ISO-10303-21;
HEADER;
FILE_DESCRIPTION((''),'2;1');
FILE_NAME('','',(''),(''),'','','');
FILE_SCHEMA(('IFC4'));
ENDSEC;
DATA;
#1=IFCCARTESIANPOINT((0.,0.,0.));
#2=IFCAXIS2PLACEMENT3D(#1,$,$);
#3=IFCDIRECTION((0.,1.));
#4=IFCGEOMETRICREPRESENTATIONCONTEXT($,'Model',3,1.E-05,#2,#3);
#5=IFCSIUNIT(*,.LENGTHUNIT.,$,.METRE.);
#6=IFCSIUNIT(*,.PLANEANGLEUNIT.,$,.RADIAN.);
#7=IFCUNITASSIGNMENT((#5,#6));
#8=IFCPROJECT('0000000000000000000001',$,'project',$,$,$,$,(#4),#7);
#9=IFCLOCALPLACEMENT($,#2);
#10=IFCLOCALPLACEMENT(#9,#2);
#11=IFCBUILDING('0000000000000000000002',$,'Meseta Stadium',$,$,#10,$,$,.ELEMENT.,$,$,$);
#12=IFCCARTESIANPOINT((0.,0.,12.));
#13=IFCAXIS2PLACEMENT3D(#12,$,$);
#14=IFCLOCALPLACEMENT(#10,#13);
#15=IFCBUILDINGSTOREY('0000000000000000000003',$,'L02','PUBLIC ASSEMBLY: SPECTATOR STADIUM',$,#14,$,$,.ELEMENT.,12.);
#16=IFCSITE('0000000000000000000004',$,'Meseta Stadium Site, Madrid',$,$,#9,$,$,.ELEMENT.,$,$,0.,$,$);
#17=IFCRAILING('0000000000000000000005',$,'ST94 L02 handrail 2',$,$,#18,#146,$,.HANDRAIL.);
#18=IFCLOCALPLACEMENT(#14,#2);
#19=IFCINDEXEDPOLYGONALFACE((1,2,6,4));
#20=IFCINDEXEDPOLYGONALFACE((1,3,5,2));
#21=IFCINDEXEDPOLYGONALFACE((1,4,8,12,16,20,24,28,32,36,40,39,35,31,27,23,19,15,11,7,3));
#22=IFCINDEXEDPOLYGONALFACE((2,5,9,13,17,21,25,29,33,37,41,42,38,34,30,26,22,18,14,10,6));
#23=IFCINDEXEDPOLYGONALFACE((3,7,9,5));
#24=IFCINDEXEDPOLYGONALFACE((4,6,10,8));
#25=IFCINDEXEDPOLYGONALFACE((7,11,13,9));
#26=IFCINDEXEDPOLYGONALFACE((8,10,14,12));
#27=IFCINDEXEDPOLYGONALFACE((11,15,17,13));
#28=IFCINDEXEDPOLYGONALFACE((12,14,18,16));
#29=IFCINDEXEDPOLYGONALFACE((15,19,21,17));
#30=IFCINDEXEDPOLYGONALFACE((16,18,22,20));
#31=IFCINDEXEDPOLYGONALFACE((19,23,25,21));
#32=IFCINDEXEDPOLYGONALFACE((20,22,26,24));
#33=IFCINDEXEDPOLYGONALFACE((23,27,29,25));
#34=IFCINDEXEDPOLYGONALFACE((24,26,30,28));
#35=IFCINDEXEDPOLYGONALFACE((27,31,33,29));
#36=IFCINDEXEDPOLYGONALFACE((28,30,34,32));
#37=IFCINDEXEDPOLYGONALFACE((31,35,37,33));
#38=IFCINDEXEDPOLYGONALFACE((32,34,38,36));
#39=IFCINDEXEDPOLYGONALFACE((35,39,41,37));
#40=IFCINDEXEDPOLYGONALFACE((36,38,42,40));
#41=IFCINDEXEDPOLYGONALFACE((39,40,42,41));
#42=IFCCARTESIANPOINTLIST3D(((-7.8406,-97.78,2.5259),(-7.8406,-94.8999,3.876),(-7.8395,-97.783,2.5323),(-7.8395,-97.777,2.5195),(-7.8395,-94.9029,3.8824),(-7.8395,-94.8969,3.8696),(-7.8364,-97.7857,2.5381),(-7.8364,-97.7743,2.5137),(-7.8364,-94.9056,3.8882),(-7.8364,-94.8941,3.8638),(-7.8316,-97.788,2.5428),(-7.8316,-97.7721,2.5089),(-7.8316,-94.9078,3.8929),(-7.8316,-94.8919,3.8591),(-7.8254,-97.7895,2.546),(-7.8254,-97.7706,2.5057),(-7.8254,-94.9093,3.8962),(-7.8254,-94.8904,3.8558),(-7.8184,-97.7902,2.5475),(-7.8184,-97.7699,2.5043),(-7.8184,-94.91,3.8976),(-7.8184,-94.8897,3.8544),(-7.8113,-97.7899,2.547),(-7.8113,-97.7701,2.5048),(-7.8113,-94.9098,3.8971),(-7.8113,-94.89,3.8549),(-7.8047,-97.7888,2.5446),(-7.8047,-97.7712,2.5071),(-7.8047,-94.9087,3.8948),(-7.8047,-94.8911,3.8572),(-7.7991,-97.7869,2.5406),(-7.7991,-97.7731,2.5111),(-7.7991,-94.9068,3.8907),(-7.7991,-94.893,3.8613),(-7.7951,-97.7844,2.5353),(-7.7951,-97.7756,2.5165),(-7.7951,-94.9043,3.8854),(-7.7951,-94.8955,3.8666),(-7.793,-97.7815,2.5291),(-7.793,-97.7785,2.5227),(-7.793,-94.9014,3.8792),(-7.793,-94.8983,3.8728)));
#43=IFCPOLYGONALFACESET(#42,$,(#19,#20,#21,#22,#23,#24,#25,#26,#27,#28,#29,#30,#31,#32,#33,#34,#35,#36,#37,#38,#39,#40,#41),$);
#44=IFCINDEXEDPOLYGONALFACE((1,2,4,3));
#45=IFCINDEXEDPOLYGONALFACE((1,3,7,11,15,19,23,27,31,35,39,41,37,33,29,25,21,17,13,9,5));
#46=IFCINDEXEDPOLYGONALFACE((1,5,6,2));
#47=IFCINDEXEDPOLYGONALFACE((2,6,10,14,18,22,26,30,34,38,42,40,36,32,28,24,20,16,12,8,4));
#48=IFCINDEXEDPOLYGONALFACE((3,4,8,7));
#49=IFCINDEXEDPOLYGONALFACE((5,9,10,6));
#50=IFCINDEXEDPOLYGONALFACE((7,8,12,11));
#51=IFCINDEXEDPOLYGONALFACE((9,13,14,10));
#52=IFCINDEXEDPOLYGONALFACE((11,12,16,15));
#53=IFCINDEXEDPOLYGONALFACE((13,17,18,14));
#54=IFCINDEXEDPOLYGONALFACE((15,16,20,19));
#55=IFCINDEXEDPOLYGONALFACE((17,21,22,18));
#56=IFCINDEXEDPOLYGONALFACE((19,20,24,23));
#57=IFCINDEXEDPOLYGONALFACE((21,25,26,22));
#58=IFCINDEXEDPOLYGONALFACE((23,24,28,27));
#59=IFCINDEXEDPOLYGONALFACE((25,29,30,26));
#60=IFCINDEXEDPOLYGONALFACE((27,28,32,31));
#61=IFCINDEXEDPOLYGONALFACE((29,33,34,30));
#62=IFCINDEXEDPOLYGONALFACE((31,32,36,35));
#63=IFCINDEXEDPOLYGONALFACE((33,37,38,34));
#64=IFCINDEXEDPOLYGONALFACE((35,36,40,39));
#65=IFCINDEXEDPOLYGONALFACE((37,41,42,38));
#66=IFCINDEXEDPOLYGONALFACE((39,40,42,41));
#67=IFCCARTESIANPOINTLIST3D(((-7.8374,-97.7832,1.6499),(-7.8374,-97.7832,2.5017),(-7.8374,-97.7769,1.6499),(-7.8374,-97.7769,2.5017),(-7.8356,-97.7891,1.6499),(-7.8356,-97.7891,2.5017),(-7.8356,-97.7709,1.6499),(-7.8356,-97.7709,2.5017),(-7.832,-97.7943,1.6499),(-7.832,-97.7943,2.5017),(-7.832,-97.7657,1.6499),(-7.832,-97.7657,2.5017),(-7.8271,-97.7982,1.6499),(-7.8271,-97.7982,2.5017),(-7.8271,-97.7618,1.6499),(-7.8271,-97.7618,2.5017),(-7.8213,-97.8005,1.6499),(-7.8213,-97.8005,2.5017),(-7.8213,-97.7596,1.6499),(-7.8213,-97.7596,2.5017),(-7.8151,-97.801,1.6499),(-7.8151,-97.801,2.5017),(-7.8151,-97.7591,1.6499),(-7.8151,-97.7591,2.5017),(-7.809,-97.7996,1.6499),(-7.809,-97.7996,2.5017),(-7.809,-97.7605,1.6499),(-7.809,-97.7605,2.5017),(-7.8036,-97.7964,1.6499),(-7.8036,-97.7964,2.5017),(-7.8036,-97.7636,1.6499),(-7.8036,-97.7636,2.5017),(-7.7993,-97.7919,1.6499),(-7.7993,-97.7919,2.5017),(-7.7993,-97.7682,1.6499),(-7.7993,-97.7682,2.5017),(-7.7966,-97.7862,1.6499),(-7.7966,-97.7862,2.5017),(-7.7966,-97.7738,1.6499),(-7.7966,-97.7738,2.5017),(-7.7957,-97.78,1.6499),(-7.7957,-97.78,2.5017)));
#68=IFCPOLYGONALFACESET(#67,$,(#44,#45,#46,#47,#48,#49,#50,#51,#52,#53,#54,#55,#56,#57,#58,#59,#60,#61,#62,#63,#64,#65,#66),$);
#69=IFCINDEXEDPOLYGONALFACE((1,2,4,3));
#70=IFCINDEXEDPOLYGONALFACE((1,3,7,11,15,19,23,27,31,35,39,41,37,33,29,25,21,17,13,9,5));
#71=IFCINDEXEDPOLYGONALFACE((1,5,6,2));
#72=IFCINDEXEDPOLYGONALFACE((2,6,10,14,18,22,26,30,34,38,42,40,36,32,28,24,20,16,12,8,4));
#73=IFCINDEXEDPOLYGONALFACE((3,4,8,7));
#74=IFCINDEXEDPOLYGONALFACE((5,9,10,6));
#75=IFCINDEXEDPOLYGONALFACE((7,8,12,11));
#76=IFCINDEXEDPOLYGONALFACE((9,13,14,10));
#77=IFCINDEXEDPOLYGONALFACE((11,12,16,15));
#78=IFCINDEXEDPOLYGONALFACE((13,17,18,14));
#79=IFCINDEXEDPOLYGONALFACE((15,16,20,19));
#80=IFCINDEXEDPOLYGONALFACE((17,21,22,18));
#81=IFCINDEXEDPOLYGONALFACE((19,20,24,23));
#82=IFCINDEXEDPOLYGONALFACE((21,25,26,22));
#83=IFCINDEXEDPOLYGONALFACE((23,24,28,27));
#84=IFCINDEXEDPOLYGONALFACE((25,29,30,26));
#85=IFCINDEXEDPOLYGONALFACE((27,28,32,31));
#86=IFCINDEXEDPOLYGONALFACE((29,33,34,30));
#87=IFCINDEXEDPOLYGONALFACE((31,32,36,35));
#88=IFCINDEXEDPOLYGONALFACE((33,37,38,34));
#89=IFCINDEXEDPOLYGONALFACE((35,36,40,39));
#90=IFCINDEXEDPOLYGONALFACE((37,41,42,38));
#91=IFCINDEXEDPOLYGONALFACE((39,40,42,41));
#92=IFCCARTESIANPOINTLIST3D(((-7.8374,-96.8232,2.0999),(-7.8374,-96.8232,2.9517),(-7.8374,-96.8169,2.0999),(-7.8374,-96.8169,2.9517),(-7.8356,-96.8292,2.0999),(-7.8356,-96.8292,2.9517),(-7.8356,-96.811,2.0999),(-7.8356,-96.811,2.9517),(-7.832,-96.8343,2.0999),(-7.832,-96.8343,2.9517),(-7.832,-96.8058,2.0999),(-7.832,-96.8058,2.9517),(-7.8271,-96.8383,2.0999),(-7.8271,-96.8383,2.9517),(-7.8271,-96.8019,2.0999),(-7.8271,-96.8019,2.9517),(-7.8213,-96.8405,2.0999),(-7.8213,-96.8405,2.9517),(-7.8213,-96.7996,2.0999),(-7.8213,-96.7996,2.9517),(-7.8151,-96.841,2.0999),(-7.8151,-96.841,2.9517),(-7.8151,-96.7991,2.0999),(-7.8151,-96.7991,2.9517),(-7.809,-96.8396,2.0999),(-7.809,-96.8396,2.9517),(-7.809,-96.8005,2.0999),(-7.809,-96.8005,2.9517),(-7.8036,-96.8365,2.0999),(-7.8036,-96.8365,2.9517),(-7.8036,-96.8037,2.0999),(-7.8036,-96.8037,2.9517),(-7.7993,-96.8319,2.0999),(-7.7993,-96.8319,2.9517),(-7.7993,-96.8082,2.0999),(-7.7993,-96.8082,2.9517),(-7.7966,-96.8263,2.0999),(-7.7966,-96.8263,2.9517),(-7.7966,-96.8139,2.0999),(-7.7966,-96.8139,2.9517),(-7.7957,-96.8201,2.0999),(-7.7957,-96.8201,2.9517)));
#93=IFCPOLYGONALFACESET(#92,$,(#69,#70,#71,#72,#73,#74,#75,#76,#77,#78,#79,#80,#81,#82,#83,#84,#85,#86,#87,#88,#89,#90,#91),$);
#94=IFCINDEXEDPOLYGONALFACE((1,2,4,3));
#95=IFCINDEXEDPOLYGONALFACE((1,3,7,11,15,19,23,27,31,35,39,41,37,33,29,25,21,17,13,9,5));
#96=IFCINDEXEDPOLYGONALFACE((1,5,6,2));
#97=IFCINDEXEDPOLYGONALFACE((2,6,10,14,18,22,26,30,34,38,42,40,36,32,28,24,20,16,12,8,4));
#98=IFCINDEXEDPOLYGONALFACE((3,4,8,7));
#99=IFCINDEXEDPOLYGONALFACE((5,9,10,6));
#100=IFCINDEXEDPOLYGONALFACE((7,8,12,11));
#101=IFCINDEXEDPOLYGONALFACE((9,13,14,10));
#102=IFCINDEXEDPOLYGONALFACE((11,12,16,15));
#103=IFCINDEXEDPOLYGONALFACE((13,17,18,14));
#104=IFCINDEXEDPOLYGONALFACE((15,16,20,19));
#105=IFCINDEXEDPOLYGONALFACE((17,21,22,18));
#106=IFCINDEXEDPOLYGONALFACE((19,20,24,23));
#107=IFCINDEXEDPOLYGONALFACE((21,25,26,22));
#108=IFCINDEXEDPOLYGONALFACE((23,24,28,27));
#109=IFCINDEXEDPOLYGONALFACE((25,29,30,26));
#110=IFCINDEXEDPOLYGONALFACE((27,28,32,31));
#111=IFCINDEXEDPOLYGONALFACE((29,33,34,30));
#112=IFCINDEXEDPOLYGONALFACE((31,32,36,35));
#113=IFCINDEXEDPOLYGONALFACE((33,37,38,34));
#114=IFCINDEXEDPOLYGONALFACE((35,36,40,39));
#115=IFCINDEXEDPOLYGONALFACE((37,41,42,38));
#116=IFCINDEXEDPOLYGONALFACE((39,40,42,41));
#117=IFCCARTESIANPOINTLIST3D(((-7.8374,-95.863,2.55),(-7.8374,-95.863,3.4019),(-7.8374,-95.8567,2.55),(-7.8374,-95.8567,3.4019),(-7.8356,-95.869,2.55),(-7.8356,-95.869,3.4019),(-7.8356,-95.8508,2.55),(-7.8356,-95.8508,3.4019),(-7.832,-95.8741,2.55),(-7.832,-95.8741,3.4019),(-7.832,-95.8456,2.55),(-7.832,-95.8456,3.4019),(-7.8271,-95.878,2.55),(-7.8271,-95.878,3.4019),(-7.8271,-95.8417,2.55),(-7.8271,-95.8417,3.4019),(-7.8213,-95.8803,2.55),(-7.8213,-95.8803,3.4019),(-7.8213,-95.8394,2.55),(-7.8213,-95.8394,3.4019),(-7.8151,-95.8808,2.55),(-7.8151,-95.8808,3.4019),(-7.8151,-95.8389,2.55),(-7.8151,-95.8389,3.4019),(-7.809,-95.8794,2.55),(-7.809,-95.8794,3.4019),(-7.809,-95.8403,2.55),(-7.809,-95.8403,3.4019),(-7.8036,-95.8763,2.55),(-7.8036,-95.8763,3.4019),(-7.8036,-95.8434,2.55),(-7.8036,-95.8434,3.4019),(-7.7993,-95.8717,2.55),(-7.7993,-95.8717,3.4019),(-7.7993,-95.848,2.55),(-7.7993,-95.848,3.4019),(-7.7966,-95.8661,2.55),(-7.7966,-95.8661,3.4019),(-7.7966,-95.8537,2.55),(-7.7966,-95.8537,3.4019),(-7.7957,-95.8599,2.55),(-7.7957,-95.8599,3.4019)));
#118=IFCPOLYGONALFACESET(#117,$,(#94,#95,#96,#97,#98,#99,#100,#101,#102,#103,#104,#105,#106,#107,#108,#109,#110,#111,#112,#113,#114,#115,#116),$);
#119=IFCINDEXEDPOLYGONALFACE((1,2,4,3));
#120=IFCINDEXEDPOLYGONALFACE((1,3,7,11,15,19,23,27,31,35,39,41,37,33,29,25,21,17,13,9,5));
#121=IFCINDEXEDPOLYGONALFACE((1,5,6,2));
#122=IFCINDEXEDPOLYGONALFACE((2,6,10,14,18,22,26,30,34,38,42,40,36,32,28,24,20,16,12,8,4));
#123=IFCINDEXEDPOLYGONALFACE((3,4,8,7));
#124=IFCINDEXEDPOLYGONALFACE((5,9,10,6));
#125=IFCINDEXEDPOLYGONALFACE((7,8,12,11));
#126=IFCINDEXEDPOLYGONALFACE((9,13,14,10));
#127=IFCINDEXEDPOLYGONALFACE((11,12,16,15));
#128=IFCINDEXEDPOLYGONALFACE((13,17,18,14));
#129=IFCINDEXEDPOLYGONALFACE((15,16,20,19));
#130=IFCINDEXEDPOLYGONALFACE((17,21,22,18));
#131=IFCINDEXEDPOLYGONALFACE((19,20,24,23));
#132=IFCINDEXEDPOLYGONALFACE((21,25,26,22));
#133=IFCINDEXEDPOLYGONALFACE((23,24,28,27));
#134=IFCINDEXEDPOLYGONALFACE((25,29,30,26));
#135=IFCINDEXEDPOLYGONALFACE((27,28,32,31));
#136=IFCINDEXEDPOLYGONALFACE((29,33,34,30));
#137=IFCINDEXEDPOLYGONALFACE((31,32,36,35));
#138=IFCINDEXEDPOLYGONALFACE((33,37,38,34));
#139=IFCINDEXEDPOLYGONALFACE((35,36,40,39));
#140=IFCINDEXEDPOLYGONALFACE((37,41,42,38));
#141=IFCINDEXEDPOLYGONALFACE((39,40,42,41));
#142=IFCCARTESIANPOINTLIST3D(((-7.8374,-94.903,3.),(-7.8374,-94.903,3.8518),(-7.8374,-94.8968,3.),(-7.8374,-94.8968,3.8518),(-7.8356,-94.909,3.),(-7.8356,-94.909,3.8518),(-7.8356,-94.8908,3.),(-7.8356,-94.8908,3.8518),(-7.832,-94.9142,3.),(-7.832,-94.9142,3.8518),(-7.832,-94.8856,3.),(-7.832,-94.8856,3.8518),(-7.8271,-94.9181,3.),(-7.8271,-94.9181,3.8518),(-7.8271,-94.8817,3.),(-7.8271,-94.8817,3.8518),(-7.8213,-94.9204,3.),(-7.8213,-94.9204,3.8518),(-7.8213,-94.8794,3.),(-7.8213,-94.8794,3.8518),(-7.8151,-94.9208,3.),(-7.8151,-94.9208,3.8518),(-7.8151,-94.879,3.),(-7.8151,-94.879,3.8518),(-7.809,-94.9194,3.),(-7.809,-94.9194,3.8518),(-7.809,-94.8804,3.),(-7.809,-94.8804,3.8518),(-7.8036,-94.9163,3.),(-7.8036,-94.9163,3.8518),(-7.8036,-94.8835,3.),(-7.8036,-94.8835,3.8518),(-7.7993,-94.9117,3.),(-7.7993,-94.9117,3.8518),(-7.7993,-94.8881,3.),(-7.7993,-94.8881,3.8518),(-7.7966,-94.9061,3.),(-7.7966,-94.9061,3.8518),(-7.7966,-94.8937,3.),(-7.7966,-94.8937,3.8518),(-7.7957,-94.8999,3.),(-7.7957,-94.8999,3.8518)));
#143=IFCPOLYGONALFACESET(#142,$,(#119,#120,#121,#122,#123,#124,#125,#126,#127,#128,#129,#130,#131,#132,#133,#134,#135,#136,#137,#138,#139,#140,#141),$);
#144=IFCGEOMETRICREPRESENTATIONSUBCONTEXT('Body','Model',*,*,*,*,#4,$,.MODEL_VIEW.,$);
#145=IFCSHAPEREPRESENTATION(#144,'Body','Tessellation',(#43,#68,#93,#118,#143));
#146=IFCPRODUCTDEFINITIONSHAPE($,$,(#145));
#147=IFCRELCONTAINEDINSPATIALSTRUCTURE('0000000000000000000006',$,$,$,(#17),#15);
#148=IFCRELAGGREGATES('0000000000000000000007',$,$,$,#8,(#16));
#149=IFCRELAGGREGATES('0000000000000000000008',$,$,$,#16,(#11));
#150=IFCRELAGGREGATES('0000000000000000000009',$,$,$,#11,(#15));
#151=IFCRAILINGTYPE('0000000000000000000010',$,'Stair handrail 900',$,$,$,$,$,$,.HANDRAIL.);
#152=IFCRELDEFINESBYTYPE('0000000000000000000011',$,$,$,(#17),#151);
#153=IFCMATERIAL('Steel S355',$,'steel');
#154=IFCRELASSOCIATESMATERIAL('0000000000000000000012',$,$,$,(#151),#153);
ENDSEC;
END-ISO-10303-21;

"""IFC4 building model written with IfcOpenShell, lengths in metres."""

from ifc_helpers import new_model, si_unit, direction, frame, origin, origin_2d, place, context, subcontext, project, spatial, circle, extrude, material, type_object, element, save


model = new_model("IFC4")

# Units and contexts
model_context = context("Model", 3, precision=1e-05, world=origin(), true_north=direction((0.0, 1.0)))
body_context = subcontext(model_context, "Body", "Model", "MODEL_VIEW")
ifc_project = project(units=[si_unit("LENGTHUNIT", "METRE"), si_unit("PLANEANGLEUNIT", "RADIAN")], contexts=[model_context])

# Site, building, storey
site_placement = place(None, origin())
site = spatial("IfcSite", under=ifc_project, at=site_placement, Name="Meseta Stadium Site, Madrid", CompositionType="ELEMENT", RefElevation=0.0)
building_placement = place(site_placement, origin())
building = spatial("IfcBuilding", under=site, at=building_placement, Name="Meseta Stadium", CompositionType="ELEMENT")
storey_placement = place(building_placement, frame((0.0, 0.0, 12.0)))
storey = spatial("IfcBuildingStorey", under=building, at=storey_placement, Name="L02", Description="PUBLIC ASSEMBLY: SPECTATOR STADIUM", CompositionType="ELEMENT", Elevation=12.0)

# Railing
ifc_material_1 = material(Name="Steel S355", Category="steel")
railing_type_1 = type_object("IfcRailingType", Name="Stair handrail 900", PredefinedType="HANDRAIL", material=ifc_material_1)
railing_1_placement = place(storey_placement, frame((-7.8167, -97.78, 1.6499)))
element("IfcRailing", 1, at=railing_1_placement, inside=storey, type_object=railing_type_1, Name="ST94 L02 handrail 2", PredefinedType="HANDRAIL", context=body_context, shape_type="SweptSolid", body=[
    extrude(circle(Radius=0.0239, at=origin_2d()), frame((0.0, 0.0, 0.876), z_axis=(0.0, 0.905454, 0.424444), x_axis=(-1.0, 0.0, 0.0)), (0.0, 0.0, 1.0), 3.1809),
    extrude(circle(Radius=0.021, at=origin_2d()), origin(), (0.0, 0.0, 1.0), 0.8518),
    extrude(circle(Radius=0.021, at=origin_2d()), frame((0.0, 0.96, 0.45)), (0.0, 0.0, 1.0), 0.8518),
    extrude(circle(Radius=0.021, at=origin_2d()), frame((0.0, 1.9202, 0.9001)), (0.0, 0.0, 1.0), 0.8518),
    extrude(circle(Radius=0.021, at=origin_2d()), frame((0.0, 2.8801, 1.3501)), (0.0, 0.0, 1.0), 0.8518),
])

save(model, "model.ifc")
